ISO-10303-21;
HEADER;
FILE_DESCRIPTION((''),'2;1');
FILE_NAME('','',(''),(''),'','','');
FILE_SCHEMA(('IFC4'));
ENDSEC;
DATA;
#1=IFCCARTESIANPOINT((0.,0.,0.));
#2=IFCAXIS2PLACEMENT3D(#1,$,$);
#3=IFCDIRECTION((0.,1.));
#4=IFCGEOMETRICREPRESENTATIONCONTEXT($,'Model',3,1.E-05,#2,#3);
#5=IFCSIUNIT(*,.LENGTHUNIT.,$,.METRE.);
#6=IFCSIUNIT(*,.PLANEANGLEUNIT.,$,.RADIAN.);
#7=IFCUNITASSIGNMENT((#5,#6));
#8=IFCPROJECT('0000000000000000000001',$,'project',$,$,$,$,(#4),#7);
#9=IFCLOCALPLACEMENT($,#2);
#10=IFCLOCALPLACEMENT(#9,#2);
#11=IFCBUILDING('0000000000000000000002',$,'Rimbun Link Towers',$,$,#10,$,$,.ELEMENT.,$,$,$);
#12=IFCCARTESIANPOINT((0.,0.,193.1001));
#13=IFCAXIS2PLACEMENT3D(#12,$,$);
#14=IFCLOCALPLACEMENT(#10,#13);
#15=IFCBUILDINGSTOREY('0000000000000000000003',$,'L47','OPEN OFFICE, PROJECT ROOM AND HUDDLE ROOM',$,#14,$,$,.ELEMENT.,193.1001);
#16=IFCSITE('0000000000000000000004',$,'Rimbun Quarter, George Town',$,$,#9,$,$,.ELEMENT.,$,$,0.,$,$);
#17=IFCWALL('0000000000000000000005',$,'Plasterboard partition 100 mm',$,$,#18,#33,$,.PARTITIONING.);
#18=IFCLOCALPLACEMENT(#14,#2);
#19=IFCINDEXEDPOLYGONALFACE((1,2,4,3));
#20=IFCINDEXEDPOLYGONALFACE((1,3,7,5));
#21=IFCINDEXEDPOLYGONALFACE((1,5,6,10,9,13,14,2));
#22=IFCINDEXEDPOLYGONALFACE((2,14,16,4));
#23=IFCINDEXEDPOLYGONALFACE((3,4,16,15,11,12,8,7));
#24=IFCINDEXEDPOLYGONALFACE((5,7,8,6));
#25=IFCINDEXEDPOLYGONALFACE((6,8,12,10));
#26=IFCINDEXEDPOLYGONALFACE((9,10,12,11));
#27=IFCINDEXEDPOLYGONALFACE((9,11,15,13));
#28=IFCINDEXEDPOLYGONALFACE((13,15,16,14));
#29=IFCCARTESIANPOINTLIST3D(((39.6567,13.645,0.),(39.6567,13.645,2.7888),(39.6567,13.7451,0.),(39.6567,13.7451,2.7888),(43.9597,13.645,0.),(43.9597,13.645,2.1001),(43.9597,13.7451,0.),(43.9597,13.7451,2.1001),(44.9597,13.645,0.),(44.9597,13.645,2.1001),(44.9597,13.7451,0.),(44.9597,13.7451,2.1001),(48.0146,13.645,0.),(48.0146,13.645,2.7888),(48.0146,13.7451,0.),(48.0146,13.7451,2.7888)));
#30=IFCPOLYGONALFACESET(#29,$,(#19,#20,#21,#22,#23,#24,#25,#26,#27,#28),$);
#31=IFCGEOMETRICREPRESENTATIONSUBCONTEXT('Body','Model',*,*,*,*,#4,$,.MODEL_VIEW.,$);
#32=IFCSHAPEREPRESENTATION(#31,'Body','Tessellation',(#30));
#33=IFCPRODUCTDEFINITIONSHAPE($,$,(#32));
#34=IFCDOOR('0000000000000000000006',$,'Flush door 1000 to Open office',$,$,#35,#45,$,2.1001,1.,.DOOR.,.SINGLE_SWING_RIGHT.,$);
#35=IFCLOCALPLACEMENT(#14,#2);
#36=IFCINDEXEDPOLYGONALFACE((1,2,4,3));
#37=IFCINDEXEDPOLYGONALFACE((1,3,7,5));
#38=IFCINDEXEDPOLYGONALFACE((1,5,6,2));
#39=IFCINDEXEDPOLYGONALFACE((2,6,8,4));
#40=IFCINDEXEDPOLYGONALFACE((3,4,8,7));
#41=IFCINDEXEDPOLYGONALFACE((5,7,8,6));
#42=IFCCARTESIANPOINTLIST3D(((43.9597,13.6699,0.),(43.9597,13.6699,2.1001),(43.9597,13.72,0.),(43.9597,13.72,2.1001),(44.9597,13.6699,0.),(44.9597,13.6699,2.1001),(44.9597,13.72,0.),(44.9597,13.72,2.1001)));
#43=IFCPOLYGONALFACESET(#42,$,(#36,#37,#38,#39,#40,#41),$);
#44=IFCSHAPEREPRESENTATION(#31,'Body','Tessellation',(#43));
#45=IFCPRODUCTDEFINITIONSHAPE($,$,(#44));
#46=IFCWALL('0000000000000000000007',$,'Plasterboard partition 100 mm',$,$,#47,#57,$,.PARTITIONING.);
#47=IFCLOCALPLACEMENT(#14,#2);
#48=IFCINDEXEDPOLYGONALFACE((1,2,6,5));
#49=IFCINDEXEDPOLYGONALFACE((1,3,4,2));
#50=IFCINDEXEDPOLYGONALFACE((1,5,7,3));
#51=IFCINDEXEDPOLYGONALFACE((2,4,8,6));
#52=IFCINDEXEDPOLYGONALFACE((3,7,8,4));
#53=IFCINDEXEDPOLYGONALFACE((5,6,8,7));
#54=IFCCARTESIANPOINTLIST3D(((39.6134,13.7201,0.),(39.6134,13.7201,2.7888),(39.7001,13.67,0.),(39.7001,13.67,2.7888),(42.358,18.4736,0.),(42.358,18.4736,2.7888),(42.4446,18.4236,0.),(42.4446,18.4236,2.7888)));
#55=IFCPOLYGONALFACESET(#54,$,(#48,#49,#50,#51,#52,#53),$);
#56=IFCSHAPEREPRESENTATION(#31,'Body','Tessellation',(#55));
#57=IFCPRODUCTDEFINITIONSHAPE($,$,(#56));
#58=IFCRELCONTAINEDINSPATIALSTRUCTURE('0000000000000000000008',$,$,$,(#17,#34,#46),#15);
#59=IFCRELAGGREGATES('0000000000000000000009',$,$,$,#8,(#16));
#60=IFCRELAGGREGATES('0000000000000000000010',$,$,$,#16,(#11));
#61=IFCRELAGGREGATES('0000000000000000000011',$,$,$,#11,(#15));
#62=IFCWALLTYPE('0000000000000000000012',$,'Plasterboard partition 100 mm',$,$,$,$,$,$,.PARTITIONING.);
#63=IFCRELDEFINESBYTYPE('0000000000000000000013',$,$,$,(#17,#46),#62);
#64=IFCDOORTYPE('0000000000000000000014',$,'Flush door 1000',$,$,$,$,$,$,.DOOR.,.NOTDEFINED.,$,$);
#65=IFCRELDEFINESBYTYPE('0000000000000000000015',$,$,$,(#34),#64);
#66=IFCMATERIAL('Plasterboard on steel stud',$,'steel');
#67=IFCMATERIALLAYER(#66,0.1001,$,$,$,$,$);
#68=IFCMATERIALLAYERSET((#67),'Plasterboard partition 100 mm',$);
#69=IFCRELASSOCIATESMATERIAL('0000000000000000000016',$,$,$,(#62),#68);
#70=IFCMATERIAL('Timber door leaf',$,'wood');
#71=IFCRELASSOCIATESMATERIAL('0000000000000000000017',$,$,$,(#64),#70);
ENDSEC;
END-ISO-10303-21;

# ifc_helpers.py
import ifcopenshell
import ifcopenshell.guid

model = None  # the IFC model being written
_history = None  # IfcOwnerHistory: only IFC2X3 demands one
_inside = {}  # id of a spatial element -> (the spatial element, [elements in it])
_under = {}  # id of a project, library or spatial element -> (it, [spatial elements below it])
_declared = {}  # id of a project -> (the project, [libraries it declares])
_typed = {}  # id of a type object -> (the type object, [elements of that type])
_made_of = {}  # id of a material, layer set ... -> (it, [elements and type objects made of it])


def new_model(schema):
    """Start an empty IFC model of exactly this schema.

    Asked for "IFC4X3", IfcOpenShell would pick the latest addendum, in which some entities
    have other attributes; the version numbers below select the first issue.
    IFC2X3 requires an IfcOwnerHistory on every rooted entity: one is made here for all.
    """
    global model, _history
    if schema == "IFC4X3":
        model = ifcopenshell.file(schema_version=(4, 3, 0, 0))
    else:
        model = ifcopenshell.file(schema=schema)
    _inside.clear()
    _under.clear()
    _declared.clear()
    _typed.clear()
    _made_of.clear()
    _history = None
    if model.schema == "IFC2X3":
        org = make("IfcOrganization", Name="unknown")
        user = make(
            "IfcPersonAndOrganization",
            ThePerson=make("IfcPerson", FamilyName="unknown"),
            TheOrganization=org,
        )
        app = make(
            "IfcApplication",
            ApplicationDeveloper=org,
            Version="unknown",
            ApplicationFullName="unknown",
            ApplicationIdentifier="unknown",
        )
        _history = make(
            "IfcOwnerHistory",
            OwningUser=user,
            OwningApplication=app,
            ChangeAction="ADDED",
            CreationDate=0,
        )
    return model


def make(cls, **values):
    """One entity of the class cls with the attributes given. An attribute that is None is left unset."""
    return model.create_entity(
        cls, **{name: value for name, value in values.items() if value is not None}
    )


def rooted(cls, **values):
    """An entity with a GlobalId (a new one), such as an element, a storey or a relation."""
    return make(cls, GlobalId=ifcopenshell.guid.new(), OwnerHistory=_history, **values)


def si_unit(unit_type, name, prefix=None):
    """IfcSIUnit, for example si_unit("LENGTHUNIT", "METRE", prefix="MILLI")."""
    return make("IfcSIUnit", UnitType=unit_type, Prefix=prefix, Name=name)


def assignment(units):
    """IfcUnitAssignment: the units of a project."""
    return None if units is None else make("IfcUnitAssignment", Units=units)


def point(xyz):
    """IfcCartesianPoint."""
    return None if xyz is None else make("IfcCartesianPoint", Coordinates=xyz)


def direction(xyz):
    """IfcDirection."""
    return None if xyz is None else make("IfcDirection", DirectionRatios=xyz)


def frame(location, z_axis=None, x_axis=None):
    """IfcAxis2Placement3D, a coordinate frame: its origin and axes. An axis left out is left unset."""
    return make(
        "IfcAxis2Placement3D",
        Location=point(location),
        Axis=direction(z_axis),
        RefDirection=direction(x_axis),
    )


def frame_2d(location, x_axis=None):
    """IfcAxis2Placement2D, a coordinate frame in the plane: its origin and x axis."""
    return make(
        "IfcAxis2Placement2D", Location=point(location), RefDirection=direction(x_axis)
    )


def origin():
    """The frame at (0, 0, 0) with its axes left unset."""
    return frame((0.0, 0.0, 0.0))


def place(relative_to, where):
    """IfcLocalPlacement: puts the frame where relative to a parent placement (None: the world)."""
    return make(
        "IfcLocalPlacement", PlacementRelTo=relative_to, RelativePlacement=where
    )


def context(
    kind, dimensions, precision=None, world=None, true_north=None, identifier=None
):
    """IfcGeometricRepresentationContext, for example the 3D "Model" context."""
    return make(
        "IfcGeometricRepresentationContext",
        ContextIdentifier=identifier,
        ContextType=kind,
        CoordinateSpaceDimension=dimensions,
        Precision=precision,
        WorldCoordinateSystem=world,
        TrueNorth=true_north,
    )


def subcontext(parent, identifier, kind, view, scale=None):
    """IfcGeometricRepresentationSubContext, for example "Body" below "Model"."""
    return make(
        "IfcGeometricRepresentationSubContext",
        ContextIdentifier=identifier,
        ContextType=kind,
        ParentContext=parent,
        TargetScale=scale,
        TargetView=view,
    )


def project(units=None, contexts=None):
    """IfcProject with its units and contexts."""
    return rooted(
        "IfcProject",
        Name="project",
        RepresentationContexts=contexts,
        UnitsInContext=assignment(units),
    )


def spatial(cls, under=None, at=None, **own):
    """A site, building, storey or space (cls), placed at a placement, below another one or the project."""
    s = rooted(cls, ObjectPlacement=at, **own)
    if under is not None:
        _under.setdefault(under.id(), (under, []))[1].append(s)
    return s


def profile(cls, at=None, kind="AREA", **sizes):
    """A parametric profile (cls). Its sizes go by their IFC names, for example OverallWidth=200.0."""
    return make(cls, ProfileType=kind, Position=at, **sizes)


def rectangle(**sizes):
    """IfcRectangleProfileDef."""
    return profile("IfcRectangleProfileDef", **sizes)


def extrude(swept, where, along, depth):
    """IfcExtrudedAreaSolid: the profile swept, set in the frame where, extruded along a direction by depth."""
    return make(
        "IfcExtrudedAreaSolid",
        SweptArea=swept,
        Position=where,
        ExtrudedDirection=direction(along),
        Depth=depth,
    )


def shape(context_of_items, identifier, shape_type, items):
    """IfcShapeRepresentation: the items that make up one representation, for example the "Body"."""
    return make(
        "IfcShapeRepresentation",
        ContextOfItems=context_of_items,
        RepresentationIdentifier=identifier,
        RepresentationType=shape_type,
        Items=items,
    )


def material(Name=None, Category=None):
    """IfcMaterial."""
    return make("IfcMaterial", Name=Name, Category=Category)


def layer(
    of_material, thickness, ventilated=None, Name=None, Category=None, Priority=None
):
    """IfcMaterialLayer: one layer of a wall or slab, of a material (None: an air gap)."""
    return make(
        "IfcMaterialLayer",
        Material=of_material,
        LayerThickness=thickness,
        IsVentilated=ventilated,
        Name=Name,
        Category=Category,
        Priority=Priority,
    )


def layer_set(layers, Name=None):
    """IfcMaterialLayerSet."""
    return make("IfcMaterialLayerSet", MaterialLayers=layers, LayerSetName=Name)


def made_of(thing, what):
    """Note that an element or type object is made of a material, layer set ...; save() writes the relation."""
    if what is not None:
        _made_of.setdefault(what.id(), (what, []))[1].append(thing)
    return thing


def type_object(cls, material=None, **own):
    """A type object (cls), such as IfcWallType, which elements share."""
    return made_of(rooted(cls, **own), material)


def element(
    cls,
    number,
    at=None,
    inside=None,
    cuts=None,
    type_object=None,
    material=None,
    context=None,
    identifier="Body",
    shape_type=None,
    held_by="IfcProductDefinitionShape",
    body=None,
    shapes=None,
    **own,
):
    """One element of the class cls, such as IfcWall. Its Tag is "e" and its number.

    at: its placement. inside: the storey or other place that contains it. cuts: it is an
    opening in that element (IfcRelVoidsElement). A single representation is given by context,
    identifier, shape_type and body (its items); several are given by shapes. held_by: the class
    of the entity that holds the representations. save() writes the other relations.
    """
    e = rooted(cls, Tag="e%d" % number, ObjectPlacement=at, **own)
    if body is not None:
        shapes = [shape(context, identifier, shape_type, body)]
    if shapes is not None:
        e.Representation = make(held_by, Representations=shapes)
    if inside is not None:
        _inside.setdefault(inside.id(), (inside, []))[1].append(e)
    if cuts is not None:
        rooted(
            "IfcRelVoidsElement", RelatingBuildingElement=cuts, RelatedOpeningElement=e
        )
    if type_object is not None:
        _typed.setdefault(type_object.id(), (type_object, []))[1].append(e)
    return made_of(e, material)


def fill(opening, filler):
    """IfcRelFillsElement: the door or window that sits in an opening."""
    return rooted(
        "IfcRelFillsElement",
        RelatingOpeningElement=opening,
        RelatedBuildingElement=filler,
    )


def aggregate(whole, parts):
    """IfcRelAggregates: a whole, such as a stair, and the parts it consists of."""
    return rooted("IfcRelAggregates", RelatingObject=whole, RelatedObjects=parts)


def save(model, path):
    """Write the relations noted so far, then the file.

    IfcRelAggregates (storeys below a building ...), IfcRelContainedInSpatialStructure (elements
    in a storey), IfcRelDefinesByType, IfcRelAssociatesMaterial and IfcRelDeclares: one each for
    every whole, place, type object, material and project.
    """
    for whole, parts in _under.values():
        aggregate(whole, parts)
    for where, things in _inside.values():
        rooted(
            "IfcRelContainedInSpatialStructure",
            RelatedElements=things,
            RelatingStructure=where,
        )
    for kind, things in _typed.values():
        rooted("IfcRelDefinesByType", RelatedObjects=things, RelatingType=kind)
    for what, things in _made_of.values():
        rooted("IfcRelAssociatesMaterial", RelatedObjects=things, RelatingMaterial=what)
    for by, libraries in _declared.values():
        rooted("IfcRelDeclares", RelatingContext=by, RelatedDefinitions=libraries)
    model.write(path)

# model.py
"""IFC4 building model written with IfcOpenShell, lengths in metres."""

from ifc_helpers import new_model, si_unit, direction, frame, frame_2d, origin, place, context, subcontext, project, spatial, rectangle, extrude, material, layer, layer_set, type_object, element, fill, save


model = new_model("IFC4")

# Units and contexts
model_context = context("Model", 3, precision=1e-05, world=origin(), true_north=direction((0.0, 1.0)))
body_context = subcontext(model_context, "Body", "Model", "MODEL_VIEW")
ifc_project = project(units=[si_unit("LENGTHUNIT", "METRE"), si_unit("PLANEANGLEUNIT", "RADIAN")], contexts=[model_context])

# Site, building, storey
site_placement = place(None, origin())
site = spatial("IfcSite", under=ifc_project, at=site_placement, Name="Rimbun Quarter, George Town", CompositionType="ELEMENT", RefElevation=0.0)
building_placement = place(site_placement, origin())
building = spatial("IfcBuilding", under=site, at=building_placement, Name="Rimbun Link Towers", CompositionType="ELEMENT")
storey_placement = place(building_placement, frame((0.0, 0.0, 193.1001)))
storey = spatial("IfcBuildingStorey", under=building, at=storey_placement, Name="L47", Description="OPEN OFFICE, PROJECT ROOM AND HUDDLE ROOM", CompositionType="ELEMENT", Elevation=193.1001)

# Wall, opening, door
ifc_material_1 = material(Name="Plasterboard on steel stud", Category="steel")
ifc_layer_1 = layer(ifc_material_1, 0.1001)
ifc_layer_set_1 = layer_set([ifc_layer_1], Name="Plasterboard partition 100 mm")
wall_type = type_object("IfcWallType", Name="Plasterboard partition 100 mm", PredefinedType="PARTITIONING", material=ifc_layer_set_1)
wall_1_placement = place(storey_placement, frame((39.6567, 13.6951, 0.0), z_axis=(0.0, 0.0, 1.0), x_axis=(1.0, 0.0, 0.0)))
wall_1 = element("IfcWall", 1, at=wall_1_placement, inside=storey, type_object=wall_type, Name="Plasterboard partition 100 mm", PredefinedType="PARTITIONING", context=body_context, shape_type="SweptSolid", body=[
    extrude(rectangle(XDim=8.3579, YDim=0.1001, at=frame_2d((4.179, 0.0))), origin(), (0.0, 0.0, 1.0), 2.7888),
])
opening_placement = place(wall_1_placement, frame((4.303, 0.0, 0.0)))
opening = element("IfcOpeningElement", 2, at=opening_placement, cuts=wall_1, PredefinedType="OPENING", context=body_context, shape_type="SweptSolid", body=[
    extrude(rectangle(XDim=1.0, YDim=2.1001, at=frame_2d((0.5, 1.05))), frame((0.0, 0.0601, 0.0), z_axis=(0.0, -1.0, 0.0), x_axis=(1.0, 0.0, 0.0)), (0.0, 0.0, 1.0), 0.1201),
])
ifc_material_2 = material(Name="Timber door leaf", Category="wood")
door_type = type_object("IfcDoorType", Name="Flush door 1000", OperationType="NOTDEFINED", PredefinedType="DOOR", material=ifc_material_2)
door_placement = place(opening_placement, origin())
door = element("IfcDoor", 3, at=door_placement, inside=storey, type_object=door_type, Name="Flush door 1000 to Open office", OperationType="SINGLE_SWING_RIGHT", OverallHeight=2.1001, OverallWidth=1.0, PredefinedType="DOOR", context=body_context, shape_type="SweptSolid", body=[
    extrude(rectangle(XDim=1.0, YDim=2.1001, at=frame_2d((0.5, 1.05))), frame((0.0, 0.0249, 0.0), z_axis=(0.0, -1.0, 0.0), x_axis=(1.0, 0.0, 0.0)), (0.0, 0.0, 1.0), 0.05),
])
fill(opening, door)

# Wall
wall_2_placement = place(storey_placement, frame((42.4014, 18.4487, 0.0), z_axis=(0.0, 0.0, 1.0), x_axis=(-0.500014, -0.866017, 0.0)))
element("IfcWall", 4, at=wall_2_placement, inside=storey, type_object=wall_type, Name="Plasterboard partition 100 mm", PredefinedType="PARTITIONING", context=body_context, shape_type="SweptSolid", body=[
    extrude(rectangle(XDim=5.489, YDim=0.1001, at=frame_2d((2.7446, 0.0))), origin(), (0.0, 0.0, 1.0), 2.7888),
])

save(model, "model.ifc")
